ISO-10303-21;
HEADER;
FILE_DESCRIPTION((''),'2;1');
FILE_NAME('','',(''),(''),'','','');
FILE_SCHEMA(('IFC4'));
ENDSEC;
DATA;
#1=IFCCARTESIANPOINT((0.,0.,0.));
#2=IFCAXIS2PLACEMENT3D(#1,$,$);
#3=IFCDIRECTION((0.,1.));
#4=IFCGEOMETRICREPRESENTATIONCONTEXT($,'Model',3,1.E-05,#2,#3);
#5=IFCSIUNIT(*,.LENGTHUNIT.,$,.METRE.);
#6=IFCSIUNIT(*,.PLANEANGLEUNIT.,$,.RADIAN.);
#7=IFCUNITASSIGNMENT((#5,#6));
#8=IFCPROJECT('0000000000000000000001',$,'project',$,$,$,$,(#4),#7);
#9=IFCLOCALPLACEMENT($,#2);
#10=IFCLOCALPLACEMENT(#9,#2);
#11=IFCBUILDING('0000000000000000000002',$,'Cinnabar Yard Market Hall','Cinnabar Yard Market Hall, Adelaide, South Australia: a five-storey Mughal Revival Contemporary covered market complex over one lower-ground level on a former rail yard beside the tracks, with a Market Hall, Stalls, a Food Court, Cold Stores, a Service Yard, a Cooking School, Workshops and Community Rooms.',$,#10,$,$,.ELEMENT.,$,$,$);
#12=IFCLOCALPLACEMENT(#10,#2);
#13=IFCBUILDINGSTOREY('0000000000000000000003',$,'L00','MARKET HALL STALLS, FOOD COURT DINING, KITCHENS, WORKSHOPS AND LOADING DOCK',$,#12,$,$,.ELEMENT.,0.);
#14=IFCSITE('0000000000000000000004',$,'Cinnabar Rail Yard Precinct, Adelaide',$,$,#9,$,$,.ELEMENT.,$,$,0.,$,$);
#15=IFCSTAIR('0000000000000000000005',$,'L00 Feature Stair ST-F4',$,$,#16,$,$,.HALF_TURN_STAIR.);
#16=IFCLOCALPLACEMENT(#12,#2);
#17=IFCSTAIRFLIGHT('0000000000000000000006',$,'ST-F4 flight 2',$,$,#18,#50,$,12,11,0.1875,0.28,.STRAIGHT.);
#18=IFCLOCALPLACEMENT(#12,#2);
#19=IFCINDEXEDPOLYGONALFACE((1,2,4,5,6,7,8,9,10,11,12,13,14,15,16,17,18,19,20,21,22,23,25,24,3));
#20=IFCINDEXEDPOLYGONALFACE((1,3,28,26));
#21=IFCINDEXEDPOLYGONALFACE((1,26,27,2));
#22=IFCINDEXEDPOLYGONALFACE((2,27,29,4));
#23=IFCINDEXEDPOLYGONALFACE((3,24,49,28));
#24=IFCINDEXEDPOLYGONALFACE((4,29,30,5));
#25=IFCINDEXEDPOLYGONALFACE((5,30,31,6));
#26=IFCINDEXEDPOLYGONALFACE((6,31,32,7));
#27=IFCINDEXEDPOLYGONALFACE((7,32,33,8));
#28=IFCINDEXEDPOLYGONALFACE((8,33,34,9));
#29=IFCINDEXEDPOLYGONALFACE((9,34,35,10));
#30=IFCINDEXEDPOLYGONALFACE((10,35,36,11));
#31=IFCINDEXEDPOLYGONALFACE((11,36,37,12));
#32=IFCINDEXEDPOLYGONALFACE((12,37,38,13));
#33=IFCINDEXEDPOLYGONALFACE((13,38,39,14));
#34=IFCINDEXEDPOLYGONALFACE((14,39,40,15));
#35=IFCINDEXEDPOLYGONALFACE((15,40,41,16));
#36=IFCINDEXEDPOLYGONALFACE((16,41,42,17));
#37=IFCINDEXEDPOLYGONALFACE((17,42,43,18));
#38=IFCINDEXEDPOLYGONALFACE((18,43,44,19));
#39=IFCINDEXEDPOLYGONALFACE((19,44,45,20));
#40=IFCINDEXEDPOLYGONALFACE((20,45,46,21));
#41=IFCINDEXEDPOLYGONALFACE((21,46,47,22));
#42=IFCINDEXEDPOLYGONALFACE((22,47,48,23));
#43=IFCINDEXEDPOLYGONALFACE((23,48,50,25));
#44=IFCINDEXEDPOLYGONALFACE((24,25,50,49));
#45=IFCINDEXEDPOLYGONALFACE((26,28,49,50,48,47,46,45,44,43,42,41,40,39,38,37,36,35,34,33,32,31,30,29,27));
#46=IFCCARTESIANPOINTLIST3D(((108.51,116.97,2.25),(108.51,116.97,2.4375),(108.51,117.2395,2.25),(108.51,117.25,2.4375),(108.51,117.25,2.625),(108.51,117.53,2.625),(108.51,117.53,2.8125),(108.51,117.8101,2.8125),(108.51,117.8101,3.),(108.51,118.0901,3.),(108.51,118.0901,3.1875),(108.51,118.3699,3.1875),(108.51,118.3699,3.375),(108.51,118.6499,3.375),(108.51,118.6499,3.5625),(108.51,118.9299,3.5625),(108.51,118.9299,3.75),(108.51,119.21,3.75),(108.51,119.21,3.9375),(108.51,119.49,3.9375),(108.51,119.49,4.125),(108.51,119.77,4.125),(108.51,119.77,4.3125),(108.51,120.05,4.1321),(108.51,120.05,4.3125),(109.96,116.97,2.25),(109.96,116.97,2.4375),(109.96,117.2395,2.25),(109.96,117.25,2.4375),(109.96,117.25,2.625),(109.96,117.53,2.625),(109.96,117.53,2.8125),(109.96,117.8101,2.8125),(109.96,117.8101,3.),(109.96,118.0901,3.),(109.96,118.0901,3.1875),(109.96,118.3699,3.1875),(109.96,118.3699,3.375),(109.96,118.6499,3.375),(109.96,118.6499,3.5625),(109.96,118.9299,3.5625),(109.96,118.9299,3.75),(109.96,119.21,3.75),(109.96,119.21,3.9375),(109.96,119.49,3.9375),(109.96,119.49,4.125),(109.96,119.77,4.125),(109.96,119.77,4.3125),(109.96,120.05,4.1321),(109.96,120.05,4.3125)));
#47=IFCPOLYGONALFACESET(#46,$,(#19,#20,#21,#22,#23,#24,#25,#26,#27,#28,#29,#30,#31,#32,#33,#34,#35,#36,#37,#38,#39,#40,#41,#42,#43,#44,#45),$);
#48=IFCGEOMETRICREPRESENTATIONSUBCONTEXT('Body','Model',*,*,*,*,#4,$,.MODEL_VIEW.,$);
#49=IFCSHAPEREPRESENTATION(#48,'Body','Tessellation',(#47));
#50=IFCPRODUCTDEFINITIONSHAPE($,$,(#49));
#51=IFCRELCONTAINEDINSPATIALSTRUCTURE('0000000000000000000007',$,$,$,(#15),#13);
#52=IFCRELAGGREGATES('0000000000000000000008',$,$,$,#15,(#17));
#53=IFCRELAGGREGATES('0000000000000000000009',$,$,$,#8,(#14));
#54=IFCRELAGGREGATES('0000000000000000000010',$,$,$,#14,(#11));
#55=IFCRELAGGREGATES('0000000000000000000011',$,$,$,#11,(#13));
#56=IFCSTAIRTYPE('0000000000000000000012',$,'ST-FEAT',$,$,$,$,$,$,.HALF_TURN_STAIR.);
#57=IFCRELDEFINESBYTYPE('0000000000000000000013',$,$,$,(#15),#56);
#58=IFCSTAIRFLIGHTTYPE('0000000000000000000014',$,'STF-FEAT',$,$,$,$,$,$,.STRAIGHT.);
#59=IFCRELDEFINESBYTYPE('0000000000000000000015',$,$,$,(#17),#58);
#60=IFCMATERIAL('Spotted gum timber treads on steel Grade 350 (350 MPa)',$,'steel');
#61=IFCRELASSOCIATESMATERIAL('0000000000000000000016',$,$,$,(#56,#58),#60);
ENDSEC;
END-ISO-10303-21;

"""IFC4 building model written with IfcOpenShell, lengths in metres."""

from ifc_helpers import new_model, si_unit, direction, frame, origin, place, context, subcontext, project, spatial, polyline, outline, extrude, material, type_object, element, aggregate, save


model = new_model("IFC4")

# Units and contexts
model_context = context("Model", 3, precision=1e-05, world=origin(), true_north=direction((0.0, 1.0)))
body_context = subcontext(model_context, "Body", "Model", "MODEL_VIEW")
ifc_project = project(units=[si_unit("LENGTHUNIT", "METRE"), si_unit("PLANEANGLEUNIT", "RADIAN")], contexts=[model_context])

# Site, building, storey
site_placement = place(None, origin())
site = spatial("IfcSite", under=ifc_project, at=site_placement, Name="Cinnabar Rail Yard Precinct, Adelaide", CompositionType="ELEMENT", RefElevation=0.0)
building_placement = place(site_placement, origin())
building = spatial("IfcBuilding", under=site, at=building_placement, Name="Cinnabar Yard Market Hall", Description="Cinnabar Yard Market Hall, Adelaide, South Australia: a five-storey Mughal Revival Contemporary covered market complex over one lower-ground level on a former rail yard beside the tracks, with a Market Hall, Stalls, a Food Court, Cold Stores, a Service Yard, a Cooking School, Workshops and Community Rooms.", CompositionType="ELEMENT")
storey_placement = place(building_placement, origin())
storey = spatial("IfcBuildingStorey", under=building, at=storey_placement, Name="L00", Description="MARKET HALL STALLS, FOOD COURT DINING, KITCHENS, WORKSHOPS AND LOADING DOCK", CompositionType="ELEMENT", Elevation=0.0)

# Stair, stair flight
ifc_material_1 = material(Name="Spotted gum timber treads on steel Grade 350 (350 MPa)", Category="steel")
stair_type = type_object("IfcStairType", Name="ST-FEAT", PredefinedType="HALF_TURN_STAIR", material=ifc_material_1)
stair_placement = place(storey_placement, origin())
stair = element("IfcStair", 1, at=stair_placement, inside=storey, type_object=stair_type, Name="L00 Feature Stair ST-F4", PredefinedType="HALF_TURN_STAIR")
stair_flight_type = type_object("IfcStairFlightType", Name="STF-FEAT", PredefinedType="STRAIGHT", material=ifc_material_1)
stair_flight_1_placement = place(storey_placement, frame((109.2351, 116.97, 2.25), z_axis=(0.0, 0.0, 1.0), x_axis=(0.0, 1.0, 0.0)))
stair_flight_1 = element("IfcStairFlight", 2, at=stair_flight_1_placement, type_object=stair_flight_type, Name="ST-F4 flight 2", NumberOfRisers=12, NumberOfTreads=11, PredefinedType="STRAIGHT", RiserHeight=0.1875, TreadLength=0.28, context=body_context, shape_type="SweptSolid", body=[
    extrude(outline(polyline([(0.0, 0.0), (0.0, 0.1875), (0.28, 0.1875), (0.28, 0.375), (0.5601, 0.375), (0.5601, 0.5625), (0.8401, 0.5625), (0.8401, 0.75), (1.1201, 0.75), (1.1201, 0.9375), (1.3999, 0.9375), (1.3999, 1.125), (1.6799, 1.125), (1.6799, 1.3125), (1.96, 1.3125), (1.96, 1.5), (2.24, 1.5), (2.24, 1.6875), (2.52, 1.6875), (2.52, 1.875), (2.8, 1.875), (2.8, 2.0625), (3.0801, 2.0625), (3.0801, 2.25), (3.0801, 1.8821), (0.2695, 0.0), (0.0, 0.0)])), frame((0.0, 0.7251, 0.0), z_axis=(0.0, -1.0, 0.0), x_axis=(1.0, 0.0, 0.0)), (0.0, 0.0, 1.0), 1.45),
])
aggregate(stair, [stair_flight_1])

save(model, "model.ifc")
